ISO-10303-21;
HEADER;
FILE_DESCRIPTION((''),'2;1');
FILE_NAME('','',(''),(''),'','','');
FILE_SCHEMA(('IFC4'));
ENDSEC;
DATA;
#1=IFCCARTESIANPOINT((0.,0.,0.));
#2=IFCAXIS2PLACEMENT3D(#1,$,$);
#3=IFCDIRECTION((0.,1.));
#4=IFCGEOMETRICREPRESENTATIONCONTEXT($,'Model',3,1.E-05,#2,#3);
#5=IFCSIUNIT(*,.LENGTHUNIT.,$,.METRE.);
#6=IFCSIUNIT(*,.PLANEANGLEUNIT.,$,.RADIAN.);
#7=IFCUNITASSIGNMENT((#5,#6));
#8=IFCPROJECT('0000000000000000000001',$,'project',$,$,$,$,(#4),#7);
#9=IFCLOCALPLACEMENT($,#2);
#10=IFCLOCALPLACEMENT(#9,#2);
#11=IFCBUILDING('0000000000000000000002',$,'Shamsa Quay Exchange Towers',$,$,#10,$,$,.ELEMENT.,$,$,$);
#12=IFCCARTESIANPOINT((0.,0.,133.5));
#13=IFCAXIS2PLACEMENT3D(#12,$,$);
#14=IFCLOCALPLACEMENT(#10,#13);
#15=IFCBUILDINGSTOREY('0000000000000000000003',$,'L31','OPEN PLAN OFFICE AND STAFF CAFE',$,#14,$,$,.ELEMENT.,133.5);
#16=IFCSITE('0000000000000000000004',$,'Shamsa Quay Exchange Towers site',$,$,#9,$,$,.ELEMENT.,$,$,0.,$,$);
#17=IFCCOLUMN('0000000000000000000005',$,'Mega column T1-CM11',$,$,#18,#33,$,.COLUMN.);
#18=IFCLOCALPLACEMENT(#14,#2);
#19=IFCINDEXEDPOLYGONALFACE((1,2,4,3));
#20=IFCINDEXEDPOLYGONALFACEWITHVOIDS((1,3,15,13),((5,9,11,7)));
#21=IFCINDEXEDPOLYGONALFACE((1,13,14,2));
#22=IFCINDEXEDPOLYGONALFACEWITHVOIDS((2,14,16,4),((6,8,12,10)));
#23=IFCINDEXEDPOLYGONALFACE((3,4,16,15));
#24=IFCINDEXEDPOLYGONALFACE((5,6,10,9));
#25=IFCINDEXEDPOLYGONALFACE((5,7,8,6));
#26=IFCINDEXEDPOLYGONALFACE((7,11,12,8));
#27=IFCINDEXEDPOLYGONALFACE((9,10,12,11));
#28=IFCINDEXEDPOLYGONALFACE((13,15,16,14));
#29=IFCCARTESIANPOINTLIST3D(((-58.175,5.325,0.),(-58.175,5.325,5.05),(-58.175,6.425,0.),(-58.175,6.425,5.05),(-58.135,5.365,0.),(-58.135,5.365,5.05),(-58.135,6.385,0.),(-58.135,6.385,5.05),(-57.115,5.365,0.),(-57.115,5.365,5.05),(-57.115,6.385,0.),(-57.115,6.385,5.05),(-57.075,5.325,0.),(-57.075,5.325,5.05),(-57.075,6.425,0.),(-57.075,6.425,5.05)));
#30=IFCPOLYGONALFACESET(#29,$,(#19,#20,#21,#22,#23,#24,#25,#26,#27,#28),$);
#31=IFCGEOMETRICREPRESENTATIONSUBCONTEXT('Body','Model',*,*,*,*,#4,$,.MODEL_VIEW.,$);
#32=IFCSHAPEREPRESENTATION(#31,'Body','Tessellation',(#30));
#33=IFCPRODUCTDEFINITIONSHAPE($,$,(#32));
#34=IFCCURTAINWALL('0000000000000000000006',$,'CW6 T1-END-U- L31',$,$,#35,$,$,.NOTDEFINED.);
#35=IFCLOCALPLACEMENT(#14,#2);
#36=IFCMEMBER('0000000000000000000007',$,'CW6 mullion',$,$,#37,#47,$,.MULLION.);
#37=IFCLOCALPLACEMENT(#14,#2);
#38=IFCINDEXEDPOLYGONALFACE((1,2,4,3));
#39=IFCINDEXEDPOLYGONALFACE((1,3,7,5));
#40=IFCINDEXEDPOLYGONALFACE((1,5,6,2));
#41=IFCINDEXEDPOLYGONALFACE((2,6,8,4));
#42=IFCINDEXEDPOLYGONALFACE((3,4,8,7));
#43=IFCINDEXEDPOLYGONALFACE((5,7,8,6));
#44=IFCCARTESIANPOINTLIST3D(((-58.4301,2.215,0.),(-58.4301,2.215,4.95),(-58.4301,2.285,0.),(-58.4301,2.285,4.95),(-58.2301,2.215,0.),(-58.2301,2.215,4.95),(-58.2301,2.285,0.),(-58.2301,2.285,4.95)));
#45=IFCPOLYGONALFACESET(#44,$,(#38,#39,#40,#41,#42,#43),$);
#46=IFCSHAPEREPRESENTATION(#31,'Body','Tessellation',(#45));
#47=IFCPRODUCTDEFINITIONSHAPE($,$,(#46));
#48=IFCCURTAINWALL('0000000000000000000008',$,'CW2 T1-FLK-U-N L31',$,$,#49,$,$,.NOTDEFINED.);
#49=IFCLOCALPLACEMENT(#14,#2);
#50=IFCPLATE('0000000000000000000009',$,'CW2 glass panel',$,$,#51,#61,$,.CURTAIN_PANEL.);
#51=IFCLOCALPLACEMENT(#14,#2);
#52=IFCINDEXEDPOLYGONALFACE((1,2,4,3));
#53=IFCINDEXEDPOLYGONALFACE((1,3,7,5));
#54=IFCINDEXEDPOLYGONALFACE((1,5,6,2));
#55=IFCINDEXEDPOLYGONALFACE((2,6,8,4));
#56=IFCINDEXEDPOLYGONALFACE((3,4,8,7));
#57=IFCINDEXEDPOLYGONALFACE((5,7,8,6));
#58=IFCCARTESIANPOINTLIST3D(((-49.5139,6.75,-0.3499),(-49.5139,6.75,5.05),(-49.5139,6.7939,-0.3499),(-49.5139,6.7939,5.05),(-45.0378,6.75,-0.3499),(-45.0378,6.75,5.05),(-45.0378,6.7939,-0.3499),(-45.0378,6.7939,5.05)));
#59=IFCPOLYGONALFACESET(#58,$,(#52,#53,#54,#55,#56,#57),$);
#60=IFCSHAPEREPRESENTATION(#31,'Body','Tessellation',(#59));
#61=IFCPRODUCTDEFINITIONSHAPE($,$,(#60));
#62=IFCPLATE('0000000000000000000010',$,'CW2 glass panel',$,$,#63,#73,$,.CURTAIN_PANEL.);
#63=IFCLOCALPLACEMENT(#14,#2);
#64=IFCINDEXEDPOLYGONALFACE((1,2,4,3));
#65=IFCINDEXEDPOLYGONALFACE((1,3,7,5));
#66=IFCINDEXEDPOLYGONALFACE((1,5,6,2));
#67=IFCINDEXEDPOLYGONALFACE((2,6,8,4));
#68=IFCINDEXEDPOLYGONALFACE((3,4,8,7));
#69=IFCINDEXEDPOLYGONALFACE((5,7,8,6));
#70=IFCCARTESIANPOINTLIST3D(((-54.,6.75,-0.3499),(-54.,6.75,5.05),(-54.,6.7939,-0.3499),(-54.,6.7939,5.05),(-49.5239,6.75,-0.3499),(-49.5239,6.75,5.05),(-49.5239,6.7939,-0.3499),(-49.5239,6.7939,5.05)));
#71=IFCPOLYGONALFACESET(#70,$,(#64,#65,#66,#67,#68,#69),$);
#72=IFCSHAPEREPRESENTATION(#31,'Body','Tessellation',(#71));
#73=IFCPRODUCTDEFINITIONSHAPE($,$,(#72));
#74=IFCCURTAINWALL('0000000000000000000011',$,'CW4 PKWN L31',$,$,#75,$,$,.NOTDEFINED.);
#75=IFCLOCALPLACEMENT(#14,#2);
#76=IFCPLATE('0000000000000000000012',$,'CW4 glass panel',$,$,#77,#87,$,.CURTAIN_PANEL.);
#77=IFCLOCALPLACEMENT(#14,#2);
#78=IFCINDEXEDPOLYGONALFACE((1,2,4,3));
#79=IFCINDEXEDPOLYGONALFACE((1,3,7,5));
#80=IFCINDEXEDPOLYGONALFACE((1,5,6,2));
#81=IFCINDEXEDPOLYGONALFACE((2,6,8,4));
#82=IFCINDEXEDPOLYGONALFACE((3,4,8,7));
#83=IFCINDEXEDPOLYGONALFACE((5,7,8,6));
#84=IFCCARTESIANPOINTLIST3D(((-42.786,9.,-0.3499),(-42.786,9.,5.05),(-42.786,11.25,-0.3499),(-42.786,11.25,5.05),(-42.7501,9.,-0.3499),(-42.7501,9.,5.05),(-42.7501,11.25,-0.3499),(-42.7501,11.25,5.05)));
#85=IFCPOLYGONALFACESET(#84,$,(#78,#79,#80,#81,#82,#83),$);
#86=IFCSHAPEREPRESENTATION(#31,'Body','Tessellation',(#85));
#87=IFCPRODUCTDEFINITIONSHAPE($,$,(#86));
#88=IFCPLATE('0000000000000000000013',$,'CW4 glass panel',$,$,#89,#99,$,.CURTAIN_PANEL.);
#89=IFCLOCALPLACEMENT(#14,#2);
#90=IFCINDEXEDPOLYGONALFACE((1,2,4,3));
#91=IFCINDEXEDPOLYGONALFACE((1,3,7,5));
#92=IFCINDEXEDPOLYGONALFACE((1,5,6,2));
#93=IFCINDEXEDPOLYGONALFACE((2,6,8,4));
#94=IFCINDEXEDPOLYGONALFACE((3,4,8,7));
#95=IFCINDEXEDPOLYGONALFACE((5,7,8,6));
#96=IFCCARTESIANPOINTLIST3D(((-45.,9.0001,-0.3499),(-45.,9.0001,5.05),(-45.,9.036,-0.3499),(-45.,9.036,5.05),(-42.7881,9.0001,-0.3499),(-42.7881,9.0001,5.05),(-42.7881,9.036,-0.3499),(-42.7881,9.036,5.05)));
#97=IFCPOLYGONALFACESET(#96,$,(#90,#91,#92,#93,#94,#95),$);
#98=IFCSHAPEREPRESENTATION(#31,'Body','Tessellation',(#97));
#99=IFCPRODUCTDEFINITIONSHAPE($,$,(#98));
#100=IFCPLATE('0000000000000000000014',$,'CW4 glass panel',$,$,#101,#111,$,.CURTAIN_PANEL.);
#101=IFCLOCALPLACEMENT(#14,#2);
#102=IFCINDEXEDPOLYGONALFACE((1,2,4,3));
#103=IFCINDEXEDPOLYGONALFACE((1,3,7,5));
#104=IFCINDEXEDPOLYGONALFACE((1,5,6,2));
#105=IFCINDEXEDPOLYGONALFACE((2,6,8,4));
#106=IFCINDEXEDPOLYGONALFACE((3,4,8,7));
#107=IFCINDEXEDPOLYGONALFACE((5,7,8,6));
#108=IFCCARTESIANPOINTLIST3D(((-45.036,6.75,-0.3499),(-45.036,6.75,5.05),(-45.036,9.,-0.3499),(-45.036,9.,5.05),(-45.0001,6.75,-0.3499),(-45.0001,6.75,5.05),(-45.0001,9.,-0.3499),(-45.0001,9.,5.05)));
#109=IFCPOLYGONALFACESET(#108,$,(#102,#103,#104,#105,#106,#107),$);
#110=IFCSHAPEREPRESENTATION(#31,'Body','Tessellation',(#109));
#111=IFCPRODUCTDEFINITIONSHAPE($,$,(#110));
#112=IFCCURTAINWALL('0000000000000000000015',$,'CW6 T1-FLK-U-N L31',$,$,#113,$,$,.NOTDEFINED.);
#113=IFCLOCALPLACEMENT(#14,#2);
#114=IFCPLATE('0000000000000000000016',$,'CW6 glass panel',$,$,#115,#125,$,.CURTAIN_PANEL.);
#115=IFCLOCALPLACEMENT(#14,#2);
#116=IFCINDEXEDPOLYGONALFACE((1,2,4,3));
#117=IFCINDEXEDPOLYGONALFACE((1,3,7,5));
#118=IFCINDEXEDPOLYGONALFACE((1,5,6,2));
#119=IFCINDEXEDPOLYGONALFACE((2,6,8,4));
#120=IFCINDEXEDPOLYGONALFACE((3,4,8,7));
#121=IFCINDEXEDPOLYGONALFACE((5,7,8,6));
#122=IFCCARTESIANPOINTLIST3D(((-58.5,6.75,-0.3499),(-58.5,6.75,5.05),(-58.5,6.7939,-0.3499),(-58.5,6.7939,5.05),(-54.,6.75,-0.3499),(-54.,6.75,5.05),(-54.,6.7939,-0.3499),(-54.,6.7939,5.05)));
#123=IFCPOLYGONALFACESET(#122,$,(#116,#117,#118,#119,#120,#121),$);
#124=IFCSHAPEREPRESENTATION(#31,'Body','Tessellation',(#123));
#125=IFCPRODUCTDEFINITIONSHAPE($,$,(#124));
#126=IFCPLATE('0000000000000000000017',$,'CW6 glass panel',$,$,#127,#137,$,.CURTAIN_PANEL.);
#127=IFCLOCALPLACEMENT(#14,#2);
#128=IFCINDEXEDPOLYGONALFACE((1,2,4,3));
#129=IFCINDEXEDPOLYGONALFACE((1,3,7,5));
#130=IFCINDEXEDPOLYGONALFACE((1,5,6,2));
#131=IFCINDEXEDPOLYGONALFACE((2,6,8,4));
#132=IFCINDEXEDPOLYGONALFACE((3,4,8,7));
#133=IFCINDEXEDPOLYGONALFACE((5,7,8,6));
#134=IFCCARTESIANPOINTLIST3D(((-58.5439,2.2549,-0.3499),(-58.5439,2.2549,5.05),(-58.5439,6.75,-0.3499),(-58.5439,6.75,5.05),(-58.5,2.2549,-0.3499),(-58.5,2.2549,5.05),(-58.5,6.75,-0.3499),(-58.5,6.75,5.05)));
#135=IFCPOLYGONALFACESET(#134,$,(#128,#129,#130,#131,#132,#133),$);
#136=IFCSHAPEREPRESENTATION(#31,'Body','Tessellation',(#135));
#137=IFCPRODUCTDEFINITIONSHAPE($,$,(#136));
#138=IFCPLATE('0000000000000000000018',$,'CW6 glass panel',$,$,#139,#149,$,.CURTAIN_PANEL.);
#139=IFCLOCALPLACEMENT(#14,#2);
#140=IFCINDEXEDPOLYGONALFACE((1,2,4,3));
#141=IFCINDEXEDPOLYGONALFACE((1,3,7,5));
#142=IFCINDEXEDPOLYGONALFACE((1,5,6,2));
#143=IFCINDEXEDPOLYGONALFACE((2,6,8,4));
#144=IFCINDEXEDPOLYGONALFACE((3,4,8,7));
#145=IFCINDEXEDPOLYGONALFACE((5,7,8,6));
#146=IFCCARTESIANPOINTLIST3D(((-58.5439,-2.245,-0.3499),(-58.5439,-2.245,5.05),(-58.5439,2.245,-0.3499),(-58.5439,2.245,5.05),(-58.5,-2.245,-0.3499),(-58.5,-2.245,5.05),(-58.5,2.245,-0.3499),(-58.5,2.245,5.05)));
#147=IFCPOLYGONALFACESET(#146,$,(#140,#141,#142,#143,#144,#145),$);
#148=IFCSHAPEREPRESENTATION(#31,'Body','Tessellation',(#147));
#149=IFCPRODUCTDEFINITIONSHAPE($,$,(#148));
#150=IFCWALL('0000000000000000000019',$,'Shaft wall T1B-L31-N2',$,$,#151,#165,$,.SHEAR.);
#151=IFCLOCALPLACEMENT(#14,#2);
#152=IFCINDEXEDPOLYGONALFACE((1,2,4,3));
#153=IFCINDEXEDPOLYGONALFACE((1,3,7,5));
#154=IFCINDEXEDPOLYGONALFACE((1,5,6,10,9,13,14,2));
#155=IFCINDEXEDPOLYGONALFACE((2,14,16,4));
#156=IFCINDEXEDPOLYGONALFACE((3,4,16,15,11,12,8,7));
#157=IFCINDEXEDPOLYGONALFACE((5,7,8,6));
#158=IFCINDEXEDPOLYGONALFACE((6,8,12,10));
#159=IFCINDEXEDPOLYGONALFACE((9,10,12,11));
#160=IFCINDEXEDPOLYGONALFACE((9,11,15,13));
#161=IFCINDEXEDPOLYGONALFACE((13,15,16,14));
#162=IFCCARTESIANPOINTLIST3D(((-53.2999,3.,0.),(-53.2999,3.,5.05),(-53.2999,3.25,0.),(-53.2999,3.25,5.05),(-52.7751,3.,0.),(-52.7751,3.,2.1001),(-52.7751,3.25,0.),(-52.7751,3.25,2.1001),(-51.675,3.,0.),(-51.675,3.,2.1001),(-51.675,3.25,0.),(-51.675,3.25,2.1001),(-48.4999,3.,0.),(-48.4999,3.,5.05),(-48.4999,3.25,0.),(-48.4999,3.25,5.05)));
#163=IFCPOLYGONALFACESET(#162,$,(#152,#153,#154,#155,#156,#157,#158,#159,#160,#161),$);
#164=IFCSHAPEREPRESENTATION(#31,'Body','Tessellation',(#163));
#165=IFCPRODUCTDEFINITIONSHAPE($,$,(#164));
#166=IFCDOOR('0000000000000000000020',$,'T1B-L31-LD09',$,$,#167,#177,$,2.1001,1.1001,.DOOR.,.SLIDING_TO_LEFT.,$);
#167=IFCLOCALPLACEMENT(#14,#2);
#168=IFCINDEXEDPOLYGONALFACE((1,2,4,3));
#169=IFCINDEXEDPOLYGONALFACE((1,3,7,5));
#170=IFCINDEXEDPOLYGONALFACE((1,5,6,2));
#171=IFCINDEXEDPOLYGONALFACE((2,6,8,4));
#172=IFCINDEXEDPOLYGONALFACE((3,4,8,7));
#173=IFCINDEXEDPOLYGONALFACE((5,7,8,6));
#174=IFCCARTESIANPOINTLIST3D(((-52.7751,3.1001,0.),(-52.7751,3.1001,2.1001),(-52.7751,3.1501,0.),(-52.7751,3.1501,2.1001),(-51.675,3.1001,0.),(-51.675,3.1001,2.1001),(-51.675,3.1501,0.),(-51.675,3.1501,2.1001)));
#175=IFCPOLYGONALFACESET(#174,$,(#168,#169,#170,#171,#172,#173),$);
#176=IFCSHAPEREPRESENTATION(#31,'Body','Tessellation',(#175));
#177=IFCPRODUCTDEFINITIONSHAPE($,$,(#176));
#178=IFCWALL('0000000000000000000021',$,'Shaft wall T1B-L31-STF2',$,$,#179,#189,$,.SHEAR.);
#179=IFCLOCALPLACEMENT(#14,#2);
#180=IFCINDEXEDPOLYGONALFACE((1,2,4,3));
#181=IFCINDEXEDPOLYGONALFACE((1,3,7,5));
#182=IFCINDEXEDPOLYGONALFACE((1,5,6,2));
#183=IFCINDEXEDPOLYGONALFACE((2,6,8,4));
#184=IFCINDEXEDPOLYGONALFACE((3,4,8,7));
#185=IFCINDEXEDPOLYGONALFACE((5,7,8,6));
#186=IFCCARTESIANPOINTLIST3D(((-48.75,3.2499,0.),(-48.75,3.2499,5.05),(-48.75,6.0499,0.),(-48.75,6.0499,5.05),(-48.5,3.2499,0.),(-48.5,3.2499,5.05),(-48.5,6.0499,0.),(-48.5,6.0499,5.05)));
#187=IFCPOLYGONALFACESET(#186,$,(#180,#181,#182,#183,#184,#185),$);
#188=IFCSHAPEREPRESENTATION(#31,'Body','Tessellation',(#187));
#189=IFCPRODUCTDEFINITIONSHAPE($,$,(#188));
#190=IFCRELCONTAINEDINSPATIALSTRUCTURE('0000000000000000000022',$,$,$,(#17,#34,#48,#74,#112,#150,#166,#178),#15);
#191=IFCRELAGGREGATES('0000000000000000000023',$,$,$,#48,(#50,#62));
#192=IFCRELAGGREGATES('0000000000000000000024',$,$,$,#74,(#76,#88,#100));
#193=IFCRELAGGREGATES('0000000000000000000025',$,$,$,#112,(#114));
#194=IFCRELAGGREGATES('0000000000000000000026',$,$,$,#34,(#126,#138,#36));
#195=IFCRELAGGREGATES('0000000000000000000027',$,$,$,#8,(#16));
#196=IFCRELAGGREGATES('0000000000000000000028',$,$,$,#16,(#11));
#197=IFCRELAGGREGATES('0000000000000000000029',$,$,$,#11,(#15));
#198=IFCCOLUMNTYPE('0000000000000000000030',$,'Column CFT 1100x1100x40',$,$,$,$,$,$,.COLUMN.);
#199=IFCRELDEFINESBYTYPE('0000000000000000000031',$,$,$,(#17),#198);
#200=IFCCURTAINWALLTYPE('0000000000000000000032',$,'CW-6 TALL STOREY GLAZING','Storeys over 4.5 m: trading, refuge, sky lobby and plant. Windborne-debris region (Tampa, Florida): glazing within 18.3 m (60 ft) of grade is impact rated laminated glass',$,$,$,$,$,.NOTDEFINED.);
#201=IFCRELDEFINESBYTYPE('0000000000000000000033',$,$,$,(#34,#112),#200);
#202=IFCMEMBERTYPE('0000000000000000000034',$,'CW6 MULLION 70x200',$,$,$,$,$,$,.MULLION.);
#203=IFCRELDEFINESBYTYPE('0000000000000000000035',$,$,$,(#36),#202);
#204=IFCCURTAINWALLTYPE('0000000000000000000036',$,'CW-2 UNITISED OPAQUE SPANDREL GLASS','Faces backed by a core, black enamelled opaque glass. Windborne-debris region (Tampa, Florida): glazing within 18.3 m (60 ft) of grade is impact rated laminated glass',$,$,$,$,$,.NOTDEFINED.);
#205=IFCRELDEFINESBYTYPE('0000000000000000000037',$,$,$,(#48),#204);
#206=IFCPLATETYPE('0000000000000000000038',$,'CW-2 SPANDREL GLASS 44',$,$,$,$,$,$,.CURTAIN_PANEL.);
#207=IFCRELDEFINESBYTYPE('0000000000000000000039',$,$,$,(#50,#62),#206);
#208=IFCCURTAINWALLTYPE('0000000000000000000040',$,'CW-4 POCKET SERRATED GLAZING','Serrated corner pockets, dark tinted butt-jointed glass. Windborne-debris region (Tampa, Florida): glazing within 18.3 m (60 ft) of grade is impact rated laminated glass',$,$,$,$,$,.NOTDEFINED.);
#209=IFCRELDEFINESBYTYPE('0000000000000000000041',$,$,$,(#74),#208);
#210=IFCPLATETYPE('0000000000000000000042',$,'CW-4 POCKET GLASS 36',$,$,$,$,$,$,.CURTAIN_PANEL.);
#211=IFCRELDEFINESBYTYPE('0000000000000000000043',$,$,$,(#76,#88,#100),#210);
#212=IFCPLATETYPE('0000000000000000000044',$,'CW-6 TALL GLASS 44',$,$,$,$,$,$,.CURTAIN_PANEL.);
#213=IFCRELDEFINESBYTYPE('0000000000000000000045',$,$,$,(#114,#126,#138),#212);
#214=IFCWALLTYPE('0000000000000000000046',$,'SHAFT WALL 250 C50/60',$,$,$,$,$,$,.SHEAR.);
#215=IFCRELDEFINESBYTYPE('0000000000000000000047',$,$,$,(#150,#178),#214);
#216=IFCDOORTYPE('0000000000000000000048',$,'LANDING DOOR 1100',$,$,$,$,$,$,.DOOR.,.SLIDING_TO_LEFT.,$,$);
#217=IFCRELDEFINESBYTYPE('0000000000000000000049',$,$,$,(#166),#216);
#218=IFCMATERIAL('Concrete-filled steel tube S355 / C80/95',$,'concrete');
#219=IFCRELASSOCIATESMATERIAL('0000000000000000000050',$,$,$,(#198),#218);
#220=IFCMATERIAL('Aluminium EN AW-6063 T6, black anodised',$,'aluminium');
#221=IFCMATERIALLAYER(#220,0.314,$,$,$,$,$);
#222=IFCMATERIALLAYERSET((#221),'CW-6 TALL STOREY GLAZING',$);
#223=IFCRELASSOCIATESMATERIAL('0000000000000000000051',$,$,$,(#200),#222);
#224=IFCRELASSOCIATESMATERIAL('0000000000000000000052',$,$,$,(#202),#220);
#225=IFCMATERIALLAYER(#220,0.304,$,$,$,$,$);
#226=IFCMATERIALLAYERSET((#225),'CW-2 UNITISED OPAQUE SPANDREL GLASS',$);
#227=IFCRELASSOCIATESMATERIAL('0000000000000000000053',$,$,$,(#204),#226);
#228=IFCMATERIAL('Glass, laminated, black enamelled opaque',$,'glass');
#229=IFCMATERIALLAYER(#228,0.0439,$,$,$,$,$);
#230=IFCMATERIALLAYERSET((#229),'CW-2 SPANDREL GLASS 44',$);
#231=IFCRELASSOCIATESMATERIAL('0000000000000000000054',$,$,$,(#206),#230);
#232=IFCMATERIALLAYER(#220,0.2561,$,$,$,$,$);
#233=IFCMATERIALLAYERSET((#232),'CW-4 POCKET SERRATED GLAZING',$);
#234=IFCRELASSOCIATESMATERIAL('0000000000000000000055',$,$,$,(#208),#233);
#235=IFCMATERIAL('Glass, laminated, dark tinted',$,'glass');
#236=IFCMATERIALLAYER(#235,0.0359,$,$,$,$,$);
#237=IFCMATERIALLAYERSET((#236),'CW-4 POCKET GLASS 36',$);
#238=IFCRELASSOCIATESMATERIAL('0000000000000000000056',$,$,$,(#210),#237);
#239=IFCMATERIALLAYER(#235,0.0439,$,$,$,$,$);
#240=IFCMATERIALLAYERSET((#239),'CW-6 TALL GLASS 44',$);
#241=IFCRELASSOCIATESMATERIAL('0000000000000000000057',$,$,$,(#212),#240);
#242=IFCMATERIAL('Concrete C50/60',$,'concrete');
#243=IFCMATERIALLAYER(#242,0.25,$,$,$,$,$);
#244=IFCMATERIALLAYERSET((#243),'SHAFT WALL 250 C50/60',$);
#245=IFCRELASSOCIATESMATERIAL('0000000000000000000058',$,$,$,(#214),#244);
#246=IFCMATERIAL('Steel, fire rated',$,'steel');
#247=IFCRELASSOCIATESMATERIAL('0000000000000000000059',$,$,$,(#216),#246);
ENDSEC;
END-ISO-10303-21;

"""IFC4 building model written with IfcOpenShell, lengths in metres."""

from ifc_helpers import new_model, si_unit, direction, frame, frame_2d, origin, origin_2d, place, context, subcontext, project, spatial, rectangle, hollow_rectangle, extrude, material, layer, layer_set, material_profile, profile_set, type_object, element, fill, aggregate, save


model = new_model("IFC4")

# Units and contexts
model_context = context("Model", 3, precision=1e-05, world=origin(), true_north=direction((0.0, 1.0)))
body_context = subcontext(model_context, "Body", "Model", "MODEL_VIEW")
ifc_project = project(units=[si_unit("LENGTHUNIT", "METRE"), si_unit("PLANEANGLEUNIT", "RADIAN")], contexts=[model_context])

# Site, building, storey
site_placement = place(None, origin())
site = spatial("IfcSite", under=ifc_project, at=site_placement, Name="Shamsa Quay Exchange Towers site", CompositionType="ELEMENT", RefElevation=0.0)
building_placement = place(site_placement, origin())
building = spatial("IfcBuilding", under=site, at=building_placement, Name="Shamsa Quay Exchange Towers", CompositionType="ELEMENT")
storey_placement = place(building_placement, frame((0.0, 0.0, 133.5)))
storey = spatial("IfcBuildingStorey", under=building, at=storey_placement, Name="L31", Description="OPEN PLAN OFFICE AND STAFF CAFE", CompositionType="ELEMENT", Elevation=133.5)

# Column
ifc_material_1 = material(Name="Concrete-filled steel tube S355 / C80/95", Category="concrete")
ifc_material_profile_1 = material_profile(ifc_material_1, hollow_rectangle(XDim=1.1001, YDim=1.1001, WallThickness=0.04, at=origin_2d()), Name="CFT 1100x1100x40")
ifc_profile_set_1 = profile_set([ifc_material_profile_1], Name="Concrete-filled steel tube S355 / C80/95")
column_type = type_object("IfcColumnType", Name="Column CFT 1100x1100x40", PredefinedType="COLUMN", material=ifc_profile_set_1)
column_placement = place(storey_placement, frame((-57.625, 5.875, 0.0)))
element("IfcColumn", 1, at=column_placement, inside=storey, type_object=column_type, Name="Mega column T1-CM11", PredefinedType="COLUMN", context=body_context, shape_type="SweptSolid", body=[
    extrude(hollow_rectangle(XDim=1.1001, YDim=1.1001, WallThickness=0.04, at=origin_2d()), origin(), (0.0, 0.0, 1.0), 5.05),
])

# Curtain wall, member
ifc_material_2 = material(Name="Aluminium EN AW-6063 T6, black anodised", Category="aluminium")
ifc_layer_1 = layer(ifc_material_2, 0.314)
ifc_layer_set_1 = layer_set([ifc_layer_1], Name="CW-6 TALL STOREY GLAZING")
curtain_wall_type_1 = type_object("IfcCurtainWallType", Name="CW-6 TALL STOREY GLAZING", Description="Storeys over 4.5 m: trading, refuge, sky lobby and plant. Windborne-debris region (Tampa, Florida): glazing within 18.3 m (60 ft) of grade is impact rated laminated glass", PredefinedType="NOTDEFINED", material=ifc_layer_set_1)
curtain_wall_1_placement = place(storey_placement, origin())
curtain_wall_1 = element("IfcCurtainWall", 2, at=curtain_wall_1_placement, inside=storey, type_object=curtain_wall_type_1, Name="CW6 T1-END-U- L31", PredefinedType="NOTDEFINED")
ifc_material_profile_2 = material_profile(ifc_material_2, rectangle(XDim=0.2, YDim=0.0701, at=origin_2d()), Name="MU70x200")
ifc_profile_set_2 = profile_set([ifc_material_profile_2], Name="Aluminium EN AW-6063 T6, black anodised")
member_type = type_object("IfcMemberType", Name="CW6 MULLION 70x200", PredefinedType="MULLION", material=ifc_profile_set_2)
member_placement = place(storey_placement, frame((-58.3301, 2.25, 0.0)))
member = element("IfcMember", 3, at=member_placement, type_object=member_type, Name="CW6 mullion", PredefinedType="MULLION", context=body_context, shape_type="SweptSolid", body=[
    extrude(rectangle(XDim=0.2, YDim=0.0701, at=origin_2d()), origin(), (0.0, 0.0, 1.0), 4.95),
])

# Curtain walls, plates
ifc_layer_2 = layer(ifc_material_2, 0.304)
ifc_layer_set_2 = layer_set([ifc_layer_2], Name="CW-2 UNITISED OPAQUE SPANDREL GLASS")
curtain_wall_type_2 = type_object("IfcCurtainWallType", Name="CW-2 UNITISED OPAQUE SPANDREL GLASS", Description="Faces backed by a core, black enamelled opaque glass. Windborne-debris region (Tampa, Florida): glazing within 18.3 m (60 ft) of grade is impact rated laminated glass", PredefinedType="NOTDEFINED", material=ifc_layer_set_2)
curtain_wall_2_placement = place(storey_placement, origin())
curtain_wall_2 = element("IfcCurtainWall", 4, at=curtain_wall_2_placement, inside=storey, type_object=curtain_wall_type_2, Name="CW2 T1-FLK-U-N L31", PredefinedType="NOTDEFINED")
ifc_material_3 = material(Name="Glass, laminated, black enamelled opaque", Category="glass")
ifc_layer_3 = layer(ifc_material_3, 0.0439)
ifc_layer_set_3 = layer_set([ifc_layer_3], Name="CW-2 SPANDREL GLASS 44")
plate_type_1 = type_object("IfcPlateType", Name="CW-2 SPANDREL GLASS 44", PredefinedType="CURTAIN_PANEL", material=ifc_layer_set_3)
plate_1_placement = place(storey_placement, frame((-47.2759, 6.772, -0.3499), z_axis=(0.0, 0.0, 1.0), x_axis=(-1.0, 0.0, 0.0)))
plate_1 = element("IfcPlate", 5, at=plate_1_placement, type_object=plate_type_1, Name="CW2 glass panel", PredefinedType="CURTAIN_PANEL", context=body_context, shape_type="SweptSolid", body=[
    extrude(rectangle(XDim=4.4761, YDim=0.0439, at=origin_2d()), origin(), (0.0, 0.0, 1.0), 5.3999),
])
plate_2_placement = place(storey_placement, frame((-51.762, 6.772, -0.3499), z_axis=(0.0, 0.0, 1.0), x_axis=(-1.0, 0.0, 0.0)))
plate_2 = element("IfcPlate", 6, at=plate_2_placement, type_object=plate_type_1, Name="CW2 glass panel", PredefinedType="CURTAIN_PANEL", context=body_context, shape_type="SweptSolid", body=[
    extrude(rectangle(XDim=4.4761, YDim=0.0439, at=origin_2d()), origin(), (0.0, 0.0, 1.0), 5.3999),
])
aggregate(curtain_wall_2, [plate_1, plate_2])
ifc_layer_4 = layer(ifc_material_2, 0.2561)
ifc_layer_set_4 = layer_set([ifc_layer_4], Name="CW-4 POCKET SERRATED GLAZING")
curtain_wall_type_3 = type_object("IfcCurtainWallType", Name="CW-4 POCKET SERRATED GLAZING", Description="Serrated corner pockets, dark tinted butt-jointed glass. Windborne-debris region (Tampa, Florida): glazing within 18.3 m (60 ft) of grade is impact rated laminated glass", PredefinedType="NOTDEFINED", material=ifc_layer_set_4)
curtain_wall_3_placement = place(storey_placement, origin())
curtain_wall_3 = element("IfcCurtainWall", 7, at=curtain_wall_3_placement, inside=storey, type_object=curtain_wall_type_3, Name="CW4 PKWN L31", PredefinedType="NOTDEFINED")
ifc_material_4 = material(Name="Glass, laminated, dark tinted", Category="glass")
ifc_layer_5 = layer(ifc_material_4, 0.0359)
ifc_layer_set_5 = layer_set([ifc_layer_5], Name="CW-4 POCKET GLASS 36")
plate_type_2 = type_object("IfcPlateType", Name="CW-4 POCKET GLASS 36", PredefinedType="CURTAIN_PANEL", material=ifc_layer_set_5)
plate_3_placement = place(storey_placement, frame((-42.7681, 10.125, -0.3499), z_axis=(0.0, 0.0, 1.0), x_axis=(0.0, -1.0, 0.0)))
plate_3 = element("IfcPlate", 8, at=plate_3_placement, type_object=plate_type_2, Name="CW4 glass panel", PredefinedType="CURTAIN_PANEL", context=body_context, shape_type="SweptSolid", body=[
    extrude(rectangle(XDim=2.25, YDim=0.0359, at=origin_2d()), origin(), (0.0, 0.0, 1.0), 5.3999),
])
plate_4_placement = place(storey_placement, frame((-43.894, 9.0181, -0.3499), z_axis=(0.0, 0.0, 1.0), x_axis=(-1.0, 0.0, 0.0)))
plate_4 = element("IfcPlate", 9, at=plate_4_placement, type_object=plate_type_2, Name="CW4 glass panel", PredefinedType="CURTAIN_PANEL", context=body_context, shape_type="SweptSolid", body=[
    extrude(rectangle(XDim=2.2119, YDim=0.0359, at=origin_2d()), origin(), (0.0, 0.0, 1.0), 5.3999),
])
plate_5_placement = place(storey_placement, frame((-45.0181, 7.875, -0.3499), z_axis=(0.0, 0.0, 1.0), x_axis=(0.0, -1.0, 0.0)))
plate_5 = element("IfcPlate", 10, at=plate_5_placement, type_object=plate_type_2, Name="CW4 glass panel", PredefinedType="CURTAIN_PANEL", context=body_context, shape_type="SweptSolid", body=[
    extrude(rectangle(XDim=2.25, YDim=0.0359, at=origin_2d()), origin(), (0.0, 0.0, 1.0), 5.3999),
])
aggregate(curtain_wall_3, [plate_3, plate_4, plate_5])

# Curtain wall, plate
curtain_wall_4_placement = place(storey_placement, origin())
curtain_wall_4 = element("IfcCurtainWall", 11, at=curtain_wall_4_placement, inside=storey, type_object=curtain_wall_type_1, Name="CW6 T1-FLK-U-N L31", PredefinedType="NOTDEFINED")
ifc_layer_6 = layer(ifc_material_4, 0.0439)
ifc_layer_set_6 = layer_set([ifc_layer_6], Name="CW-6 TALL GLASS 44")
plate_type_3 = type_object("IfcPlateType", Name="CW-6 TALL GLASS 44", PredefinedType="CURTAIN_PANEL", material=ifc_layer_set_6)
plate_6_placement = place(storey_placement, frame((-56.25, 6.772, -0.3499), z_axis=(0.0, 0.0, 1.0), x_axis=(-1.0, 0.0, 0.0)))
plate_6 = element("IfcPlate", 12, at=plate_6_placement, type_object=plate_type_3, Name="CW6 glass panel", PredefinedType="CURTAIN_PANEL", context=body_context, shape_type="SweptSolid", body=[
    extrude(rectangle(XDim=4.5, YDim=0.0439, at=origin_2d()), origin(), (0.0, 0.0, 1.0), 5.3999),
])
aggregate(curtain_wall_4, [plate_6])

# Plates
plate_7_placement = place(storey_placement, frame((-58.522, 4.5024, -0.3499), z_axis=(0.0, 0.0, 1.0), x_axis=(0.0, -1.0, 0.0)))
plate_7 = element("IfcPlate", 13, at=plate_7_placement, type_object=plate_type_3, Name="CW6 glass panel", PredefinedType="CURTAIN_PANEL", context=body_context, shape_type="SweptSolid", body=[
    extrude(rectangle(XDim=4.4951, YDim=0.0439, at=origin_2d()), origin(), (0.0, 0.0, 1.0), 5.3999),
])
plate_8_placement = place(storey_placement, frame((-58.522, 0.0, -0.3499), z_axis=(0.0, 0.0, 1.0), x_axis=(0.0, -1.0, 0.0)))
plate_8 = element("IfcPlate", 14, at=plate_8_placement, type_object=plate_type_3, Name="CW6 glass panel", PredefinedType="CURTAIN_PANEL", context=body_context, shape_type="SweptSolid", body=[
    extrude(rectangle(XDim=4.49, YDim=0.0439, at=origin_2d()), origin(), (0.0, 0.0, 1.0), 5.3999),
])
aggregate(curtain_wall_1, [plate_7, plate_8, member])

# Wall, opening, door
ifc_material_5 = material(Name="Concrete C50/60", Category="concrete")
ifc_layer_7 = layer(ifc_material_5, 0.25)
ifc_layer_set_7 = layer_set([ifc_layer_7], Name="SHAFT WALL 250 C50/60")
wall_type_1 = type_object("IfcWallType", Name="SHAFT WALL 250 C50/60", PredefinedType="SHEAR", material=ifc_layer_set_7)
wall_1_placement = place(storey_placement, frame((-48.5, 3.125, 0.0), z_axis=(0.0, 0.0, 1.0), x_axis=(-1.0, 0.0, 0.0)))
wall_1 = element("IfcWall", 15, at=wall_1_placement, inside=storey, type_object=wall_type_1, Name="Shaft wall T1B-L31-N2", PredefinedType="SHEAR", context=body_context, shape_type="SweptSolid", body=[
    extrude(rectangle(XDim=4.8, YDim=0.25, at=frame_2d((2.3999, 0.0))), origin(), (0.0, 0.0, 1.0), 5.05),
])
opening_1_placement = place(wall_1_placement, frame((3.175, 0.0, 0.0)))
opening_1 = element("IfcOpeningElement", 16, at=opening_1_placement, cuts=wall_1, PredefinedType="OPENING", context=body_context, shape_type="SweptSolid", body=[
    extrude(rectangle(XDim=1.1001, YDim=2.1001, at=frame_2d((0.55, 1.05))), frame((0.0, 0.135, 0.0), z_axis=(0.0, -1.0, 0.0), x_axis=(1.0, 0.0, 0.0)), (0.0, 0.0, 1.0), 0.27),
])
ifc_material_6 = material(Name="Steel, fire rated", Category="steel")
door_type_1 = type_object("IfcDoorType", Name="LANDING DOOR 1100", OperationType="SLIDING_TO_LEFT", PredefinedType="DOOR", material=ifc_material_6)
door_1_placement = place(opening_1_placement, origin())
door_1 = element("IfcDoor", 17, at=door_1_placement, inside=storey, type_object=door_type_1, Name="T1B-L31-LD09", OperationType="SLIDING_TO_LEFT", OverallHeight=2.1001, OverallWidth=1.1001, PredefinedType="DOOR", context=body_context, shape_type="SweptSolid", body=[
    extrude(rectangle(XDim=1.1001, YDim=2.1001, at=frame_2d((0.55, 1.05))), frame((0.0, 0.0249, 0.0), z_axis=(0.0, -1.0, 0.0), x_axis=(1.0, 0.0, 0.0)), (0.0, 0.0, 1.0), 0.05),
])
fill(opening_1, door_1)

# Wall
for number, where, z_axis, x_axis, name in (
    (18, (-48.625, 3.25, 0.0), (0.0, 0.0, 1.0), (0.0, 1.0, 0.0), "Shaft wall T1B-L31-STF2"),
):
    element("IfcWall", number, at=place(storey_placement, frame(where, z_axis=z_axis, x_axis=x_axis)), inside=storey, type_object=wall_type_1, Name=name, PredefinedType="SHEAR", context=body_context, shape_type="SweptSolid", body=[
        extrude(rectangle(XDim=2.8, YDim=0.25, at=frame_2d((1.3999, 0.0))), origin(), (0.0, 0.0, 1.0), 5.05),
    ])

save(model, "model.ifc")
